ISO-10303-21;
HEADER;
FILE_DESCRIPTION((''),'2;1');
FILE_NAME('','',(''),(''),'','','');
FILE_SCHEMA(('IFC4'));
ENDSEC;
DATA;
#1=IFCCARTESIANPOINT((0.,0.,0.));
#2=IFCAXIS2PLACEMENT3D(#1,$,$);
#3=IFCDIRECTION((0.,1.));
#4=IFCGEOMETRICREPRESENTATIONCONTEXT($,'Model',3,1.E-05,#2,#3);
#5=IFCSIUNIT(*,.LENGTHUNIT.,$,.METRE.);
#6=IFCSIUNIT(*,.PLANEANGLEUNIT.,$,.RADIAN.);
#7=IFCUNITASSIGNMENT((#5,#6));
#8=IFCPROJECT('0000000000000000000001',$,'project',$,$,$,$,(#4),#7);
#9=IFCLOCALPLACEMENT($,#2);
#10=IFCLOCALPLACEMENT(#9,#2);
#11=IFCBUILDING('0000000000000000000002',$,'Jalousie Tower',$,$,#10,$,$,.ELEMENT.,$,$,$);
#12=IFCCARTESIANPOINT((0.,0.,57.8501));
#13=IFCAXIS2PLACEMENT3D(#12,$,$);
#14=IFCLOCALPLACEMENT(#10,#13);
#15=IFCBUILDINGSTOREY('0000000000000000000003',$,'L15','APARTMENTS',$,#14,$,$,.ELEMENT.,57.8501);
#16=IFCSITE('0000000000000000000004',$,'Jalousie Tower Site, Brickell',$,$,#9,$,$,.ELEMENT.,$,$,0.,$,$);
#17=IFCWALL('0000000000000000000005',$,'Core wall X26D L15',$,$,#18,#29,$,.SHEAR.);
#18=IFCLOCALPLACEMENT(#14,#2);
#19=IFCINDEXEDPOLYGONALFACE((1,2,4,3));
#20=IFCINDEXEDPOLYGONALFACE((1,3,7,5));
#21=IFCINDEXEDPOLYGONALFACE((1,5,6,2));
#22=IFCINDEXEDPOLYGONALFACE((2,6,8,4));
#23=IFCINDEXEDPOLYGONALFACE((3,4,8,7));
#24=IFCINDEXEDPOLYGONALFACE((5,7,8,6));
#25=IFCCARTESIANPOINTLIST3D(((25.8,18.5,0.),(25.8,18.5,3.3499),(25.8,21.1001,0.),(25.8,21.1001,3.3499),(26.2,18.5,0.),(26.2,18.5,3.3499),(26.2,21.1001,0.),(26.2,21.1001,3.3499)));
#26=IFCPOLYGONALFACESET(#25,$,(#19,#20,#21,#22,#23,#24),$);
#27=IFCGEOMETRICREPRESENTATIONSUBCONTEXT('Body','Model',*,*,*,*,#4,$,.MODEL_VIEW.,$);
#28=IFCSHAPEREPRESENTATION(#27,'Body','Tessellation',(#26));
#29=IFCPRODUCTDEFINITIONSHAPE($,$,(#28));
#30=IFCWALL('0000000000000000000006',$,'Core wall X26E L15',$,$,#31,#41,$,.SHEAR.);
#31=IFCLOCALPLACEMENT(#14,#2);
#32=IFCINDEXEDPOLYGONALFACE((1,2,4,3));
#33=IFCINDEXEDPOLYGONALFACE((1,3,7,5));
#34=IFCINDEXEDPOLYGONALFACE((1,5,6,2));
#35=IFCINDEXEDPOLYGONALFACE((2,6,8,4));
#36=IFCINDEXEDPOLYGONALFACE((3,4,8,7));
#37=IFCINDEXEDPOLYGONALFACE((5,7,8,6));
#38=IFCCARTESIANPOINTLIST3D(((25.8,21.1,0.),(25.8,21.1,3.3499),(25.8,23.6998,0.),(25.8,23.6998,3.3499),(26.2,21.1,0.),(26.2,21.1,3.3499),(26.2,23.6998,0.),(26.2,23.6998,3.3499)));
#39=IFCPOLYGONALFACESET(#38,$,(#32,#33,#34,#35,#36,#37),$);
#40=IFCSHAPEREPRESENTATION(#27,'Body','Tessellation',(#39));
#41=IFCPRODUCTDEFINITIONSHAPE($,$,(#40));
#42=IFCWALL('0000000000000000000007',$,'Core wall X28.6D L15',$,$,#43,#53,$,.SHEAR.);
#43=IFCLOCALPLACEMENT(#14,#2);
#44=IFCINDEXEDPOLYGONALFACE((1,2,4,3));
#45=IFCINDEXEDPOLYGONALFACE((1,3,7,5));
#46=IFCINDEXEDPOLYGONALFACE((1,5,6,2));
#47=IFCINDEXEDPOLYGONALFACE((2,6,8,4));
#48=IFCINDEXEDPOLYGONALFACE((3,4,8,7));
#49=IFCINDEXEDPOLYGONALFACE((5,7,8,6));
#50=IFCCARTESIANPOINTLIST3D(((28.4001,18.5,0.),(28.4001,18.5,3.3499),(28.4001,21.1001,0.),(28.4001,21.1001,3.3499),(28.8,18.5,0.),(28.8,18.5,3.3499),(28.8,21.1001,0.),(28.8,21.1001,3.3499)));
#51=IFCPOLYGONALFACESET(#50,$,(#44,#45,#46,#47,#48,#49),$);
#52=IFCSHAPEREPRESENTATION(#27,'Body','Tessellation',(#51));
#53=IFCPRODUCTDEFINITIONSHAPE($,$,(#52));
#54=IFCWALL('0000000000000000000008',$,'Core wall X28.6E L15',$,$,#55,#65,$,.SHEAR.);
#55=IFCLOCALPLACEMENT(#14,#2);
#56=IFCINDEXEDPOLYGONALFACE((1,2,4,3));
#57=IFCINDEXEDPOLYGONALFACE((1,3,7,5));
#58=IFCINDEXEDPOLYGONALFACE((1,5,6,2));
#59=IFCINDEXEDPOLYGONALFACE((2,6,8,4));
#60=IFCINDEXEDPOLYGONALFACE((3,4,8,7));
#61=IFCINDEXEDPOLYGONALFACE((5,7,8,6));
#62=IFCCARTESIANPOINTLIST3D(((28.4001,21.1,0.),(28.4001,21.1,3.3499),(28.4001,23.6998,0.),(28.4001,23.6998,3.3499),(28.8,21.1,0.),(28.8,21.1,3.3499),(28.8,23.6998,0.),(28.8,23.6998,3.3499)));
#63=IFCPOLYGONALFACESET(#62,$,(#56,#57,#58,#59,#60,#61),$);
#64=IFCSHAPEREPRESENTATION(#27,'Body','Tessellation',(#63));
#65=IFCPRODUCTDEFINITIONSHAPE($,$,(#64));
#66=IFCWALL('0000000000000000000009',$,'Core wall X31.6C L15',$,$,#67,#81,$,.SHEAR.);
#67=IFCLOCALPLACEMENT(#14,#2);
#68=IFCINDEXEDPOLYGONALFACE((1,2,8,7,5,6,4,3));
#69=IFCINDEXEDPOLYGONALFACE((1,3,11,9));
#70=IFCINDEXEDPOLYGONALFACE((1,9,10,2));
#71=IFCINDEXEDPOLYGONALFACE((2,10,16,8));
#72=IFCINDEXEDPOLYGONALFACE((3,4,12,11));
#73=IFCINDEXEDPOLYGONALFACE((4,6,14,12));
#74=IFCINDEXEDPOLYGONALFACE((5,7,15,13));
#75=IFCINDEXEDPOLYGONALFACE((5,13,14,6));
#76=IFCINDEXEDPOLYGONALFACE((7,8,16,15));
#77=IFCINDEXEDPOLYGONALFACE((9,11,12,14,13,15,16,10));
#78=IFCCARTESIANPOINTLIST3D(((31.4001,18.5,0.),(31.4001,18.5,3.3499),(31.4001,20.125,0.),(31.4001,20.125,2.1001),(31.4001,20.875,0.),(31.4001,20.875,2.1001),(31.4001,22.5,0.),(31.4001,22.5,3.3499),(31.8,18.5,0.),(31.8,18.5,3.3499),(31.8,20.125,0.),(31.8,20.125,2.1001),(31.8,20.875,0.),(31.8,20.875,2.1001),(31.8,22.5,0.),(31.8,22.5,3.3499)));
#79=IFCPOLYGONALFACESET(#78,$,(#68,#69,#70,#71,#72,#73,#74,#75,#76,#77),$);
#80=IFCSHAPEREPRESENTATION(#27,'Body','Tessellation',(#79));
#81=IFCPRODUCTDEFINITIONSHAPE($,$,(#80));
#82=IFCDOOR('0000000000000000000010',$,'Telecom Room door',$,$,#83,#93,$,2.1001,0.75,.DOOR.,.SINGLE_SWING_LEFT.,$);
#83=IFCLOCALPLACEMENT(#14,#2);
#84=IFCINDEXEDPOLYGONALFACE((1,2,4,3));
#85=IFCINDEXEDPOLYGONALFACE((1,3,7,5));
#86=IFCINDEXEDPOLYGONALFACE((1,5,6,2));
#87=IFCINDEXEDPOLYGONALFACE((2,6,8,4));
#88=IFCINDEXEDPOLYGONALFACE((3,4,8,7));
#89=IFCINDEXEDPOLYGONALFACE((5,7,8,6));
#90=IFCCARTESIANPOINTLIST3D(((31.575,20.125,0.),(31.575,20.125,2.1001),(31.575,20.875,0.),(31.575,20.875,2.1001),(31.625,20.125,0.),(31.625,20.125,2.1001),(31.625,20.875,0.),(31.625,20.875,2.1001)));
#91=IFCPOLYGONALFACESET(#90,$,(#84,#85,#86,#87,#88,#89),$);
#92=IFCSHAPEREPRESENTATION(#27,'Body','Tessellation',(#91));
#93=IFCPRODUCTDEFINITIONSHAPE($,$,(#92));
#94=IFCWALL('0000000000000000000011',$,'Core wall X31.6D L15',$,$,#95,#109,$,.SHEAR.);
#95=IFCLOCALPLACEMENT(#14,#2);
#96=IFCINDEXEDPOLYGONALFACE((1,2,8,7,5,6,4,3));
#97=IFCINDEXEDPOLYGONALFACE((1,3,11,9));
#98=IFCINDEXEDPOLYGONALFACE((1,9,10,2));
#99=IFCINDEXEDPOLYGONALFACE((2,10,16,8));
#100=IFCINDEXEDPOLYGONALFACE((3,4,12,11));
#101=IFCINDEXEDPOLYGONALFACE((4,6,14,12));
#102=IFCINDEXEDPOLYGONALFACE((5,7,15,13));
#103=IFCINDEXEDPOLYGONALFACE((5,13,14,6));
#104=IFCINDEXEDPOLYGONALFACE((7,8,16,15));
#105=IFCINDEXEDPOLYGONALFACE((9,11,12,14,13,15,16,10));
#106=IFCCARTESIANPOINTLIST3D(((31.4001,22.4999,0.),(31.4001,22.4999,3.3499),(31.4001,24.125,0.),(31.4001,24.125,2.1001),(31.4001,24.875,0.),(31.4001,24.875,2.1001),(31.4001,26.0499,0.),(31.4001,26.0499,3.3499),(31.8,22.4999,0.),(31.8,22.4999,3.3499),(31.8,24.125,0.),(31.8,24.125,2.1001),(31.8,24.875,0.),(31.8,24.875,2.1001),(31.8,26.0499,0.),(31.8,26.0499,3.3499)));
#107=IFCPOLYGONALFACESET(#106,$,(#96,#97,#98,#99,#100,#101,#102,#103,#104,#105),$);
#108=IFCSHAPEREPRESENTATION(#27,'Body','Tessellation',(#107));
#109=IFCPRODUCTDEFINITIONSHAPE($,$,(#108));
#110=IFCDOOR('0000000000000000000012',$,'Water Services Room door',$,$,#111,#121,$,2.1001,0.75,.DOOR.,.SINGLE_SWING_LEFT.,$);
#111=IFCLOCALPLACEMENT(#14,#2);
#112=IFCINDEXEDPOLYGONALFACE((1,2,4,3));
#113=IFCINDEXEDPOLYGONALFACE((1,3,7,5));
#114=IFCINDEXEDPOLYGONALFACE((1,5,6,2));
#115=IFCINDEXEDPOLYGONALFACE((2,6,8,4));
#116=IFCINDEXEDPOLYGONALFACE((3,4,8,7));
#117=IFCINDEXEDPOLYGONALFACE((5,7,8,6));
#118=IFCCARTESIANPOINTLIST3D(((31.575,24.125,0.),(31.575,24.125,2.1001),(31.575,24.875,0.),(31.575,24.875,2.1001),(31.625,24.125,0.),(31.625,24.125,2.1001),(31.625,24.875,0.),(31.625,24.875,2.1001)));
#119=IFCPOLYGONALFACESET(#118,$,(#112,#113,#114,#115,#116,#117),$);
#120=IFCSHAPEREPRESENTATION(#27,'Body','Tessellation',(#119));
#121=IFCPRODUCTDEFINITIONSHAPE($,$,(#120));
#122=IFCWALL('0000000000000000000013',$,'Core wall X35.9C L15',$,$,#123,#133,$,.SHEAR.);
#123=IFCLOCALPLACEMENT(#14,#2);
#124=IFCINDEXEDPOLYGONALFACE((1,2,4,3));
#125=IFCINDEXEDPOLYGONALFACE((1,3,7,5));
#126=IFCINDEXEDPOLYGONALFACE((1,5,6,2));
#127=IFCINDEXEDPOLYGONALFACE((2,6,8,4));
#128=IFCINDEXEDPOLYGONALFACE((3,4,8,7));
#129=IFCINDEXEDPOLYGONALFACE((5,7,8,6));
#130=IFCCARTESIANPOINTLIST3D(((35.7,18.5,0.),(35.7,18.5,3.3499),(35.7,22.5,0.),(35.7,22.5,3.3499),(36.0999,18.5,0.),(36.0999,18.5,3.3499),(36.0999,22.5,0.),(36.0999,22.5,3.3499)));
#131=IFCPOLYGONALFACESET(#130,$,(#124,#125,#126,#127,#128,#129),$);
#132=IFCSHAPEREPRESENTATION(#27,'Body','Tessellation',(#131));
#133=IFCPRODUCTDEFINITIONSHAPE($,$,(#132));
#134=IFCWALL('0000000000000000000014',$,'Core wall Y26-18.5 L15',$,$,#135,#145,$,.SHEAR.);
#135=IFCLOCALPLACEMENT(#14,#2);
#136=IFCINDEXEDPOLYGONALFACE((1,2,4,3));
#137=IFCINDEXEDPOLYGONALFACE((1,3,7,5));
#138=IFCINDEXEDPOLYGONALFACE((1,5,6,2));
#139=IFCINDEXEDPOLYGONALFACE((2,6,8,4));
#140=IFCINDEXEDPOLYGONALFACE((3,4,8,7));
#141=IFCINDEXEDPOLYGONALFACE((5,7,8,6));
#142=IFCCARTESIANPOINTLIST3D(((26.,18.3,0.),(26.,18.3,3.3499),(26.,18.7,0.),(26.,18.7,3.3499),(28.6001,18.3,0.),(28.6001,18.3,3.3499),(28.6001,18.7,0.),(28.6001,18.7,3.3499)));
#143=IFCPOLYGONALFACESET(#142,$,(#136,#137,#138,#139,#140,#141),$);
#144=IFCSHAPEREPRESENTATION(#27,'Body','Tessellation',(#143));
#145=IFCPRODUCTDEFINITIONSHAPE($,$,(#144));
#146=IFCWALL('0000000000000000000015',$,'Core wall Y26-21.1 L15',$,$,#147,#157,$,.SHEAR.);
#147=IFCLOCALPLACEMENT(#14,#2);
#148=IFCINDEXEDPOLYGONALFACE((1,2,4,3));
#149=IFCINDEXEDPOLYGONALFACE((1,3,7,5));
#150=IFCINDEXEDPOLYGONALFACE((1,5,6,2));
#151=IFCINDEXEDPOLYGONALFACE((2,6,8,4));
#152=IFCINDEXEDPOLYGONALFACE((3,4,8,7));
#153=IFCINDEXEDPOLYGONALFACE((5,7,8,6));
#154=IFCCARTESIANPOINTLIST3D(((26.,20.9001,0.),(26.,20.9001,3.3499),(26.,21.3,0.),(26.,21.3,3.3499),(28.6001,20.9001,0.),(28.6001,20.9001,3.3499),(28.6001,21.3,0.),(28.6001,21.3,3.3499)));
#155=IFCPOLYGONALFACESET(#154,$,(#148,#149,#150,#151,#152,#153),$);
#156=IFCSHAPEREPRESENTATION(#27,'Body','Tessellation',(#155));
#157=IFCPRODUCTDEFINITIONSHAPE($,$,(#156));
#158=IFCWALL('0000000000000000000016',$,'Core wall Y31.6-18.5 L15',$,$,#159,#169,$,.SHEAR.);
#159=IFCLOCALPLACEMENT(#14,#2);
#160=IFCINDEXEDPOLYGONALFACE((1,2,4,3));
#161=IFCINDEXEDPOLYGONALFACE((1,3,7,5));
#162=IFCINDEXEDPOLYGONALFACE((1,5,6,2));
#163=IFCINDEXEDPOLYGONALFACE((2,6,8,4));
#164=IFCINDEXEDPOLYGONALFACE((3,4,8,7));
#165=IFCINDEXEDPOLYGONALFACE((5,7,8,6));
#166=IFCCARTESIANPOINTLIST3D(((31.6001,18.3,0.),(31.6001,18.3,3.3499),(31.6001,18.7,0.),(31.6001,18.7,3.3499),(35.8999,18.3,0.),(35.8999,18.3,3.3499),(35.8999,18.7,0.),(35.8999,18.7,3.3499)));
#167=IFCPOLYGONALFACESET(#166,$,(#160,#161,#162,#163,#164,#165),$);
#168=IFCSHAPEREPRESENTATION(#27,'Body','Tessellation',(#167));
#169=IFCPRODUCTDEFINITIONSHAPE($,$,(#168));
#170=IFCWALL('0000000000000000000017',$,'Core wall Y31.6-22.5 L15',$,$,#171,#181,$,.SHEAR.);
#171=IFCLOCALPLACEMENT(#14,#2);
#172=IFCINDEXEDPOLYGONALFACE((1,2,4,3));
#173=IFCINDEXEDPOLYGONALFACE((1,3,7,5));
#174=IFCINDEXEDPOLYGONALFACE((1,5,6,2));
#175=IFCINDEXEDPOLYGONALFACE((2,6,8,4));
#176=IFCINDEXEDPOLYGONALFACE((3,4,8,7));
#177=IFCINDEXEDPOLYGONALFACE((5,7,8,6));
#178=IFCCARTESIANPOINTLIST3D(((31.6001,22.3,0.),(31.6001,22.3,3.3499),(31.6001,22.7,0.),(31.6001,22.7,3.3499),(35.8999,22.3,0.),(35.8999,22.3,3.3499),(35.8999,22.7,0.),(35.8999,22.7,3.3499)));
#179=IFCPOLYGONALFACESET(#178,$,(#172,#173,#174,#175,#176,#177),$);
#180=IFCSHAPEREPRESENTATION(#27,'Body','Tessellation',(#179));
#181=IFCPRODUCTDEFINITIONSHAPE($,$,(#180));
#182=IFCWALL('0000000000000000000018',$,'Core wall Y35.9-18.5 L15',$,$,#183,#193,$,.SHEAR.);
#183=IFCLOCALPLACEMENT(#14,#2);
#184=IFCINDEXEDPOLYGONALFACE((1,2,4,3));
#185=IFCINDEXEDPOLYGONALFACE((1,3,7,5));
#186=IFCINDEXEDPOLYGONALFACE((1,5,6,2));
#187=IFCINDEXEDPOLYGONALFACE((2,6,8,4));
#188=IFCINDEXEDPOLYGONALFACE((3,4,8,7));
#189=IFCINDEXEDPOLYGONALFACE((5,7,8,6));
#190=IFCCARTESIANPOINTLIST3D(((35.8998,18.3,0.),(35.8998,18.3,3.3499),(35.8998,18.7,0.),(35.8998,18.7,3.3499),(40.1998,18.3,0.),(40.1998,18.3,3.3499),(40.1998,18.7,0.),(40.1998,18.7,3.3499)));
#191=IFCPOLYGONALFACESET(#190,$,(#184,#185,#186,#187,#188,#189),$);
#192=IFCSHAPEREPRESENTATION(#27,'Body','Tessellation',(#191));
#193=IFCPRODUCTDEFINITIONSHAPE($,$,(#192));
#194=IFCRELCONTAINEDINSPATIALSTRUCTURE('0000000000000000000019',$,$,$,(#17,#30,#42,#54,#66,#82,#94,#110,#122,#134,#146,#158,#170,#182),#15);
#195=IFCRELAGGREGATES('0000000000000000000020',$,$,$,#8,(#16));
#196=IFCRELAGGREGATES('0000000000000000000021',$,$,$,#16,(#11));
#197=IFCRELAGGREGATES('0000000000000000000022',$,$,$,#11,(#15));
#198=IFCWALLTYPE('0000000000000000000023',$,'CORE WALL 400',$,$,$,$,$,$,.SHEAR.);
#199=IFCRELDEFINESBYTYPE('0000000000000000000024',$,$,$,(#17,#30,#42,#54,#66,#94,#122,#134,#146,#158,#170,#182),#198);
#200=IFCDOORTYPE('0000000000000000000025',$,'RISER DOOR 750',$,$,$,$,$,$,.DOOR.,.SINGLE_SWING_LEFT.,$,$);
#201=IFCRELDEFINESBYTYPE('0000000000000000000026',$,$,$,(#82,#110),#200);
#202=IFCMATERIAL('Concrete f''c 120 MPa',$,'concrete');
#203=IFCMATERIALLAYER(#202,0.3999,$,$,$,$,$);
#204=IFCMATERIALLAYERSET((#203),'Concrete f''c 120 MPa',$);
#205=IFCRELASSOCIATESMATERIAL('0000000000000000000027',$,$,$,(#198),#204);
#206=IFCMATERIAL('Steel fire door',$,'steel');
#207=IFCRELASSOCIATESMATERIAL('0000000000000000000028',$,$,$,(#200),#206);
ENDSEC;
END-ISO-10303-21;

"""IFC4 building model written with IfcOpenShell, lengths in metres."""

from ifc_helpers import new_model, si_unit, direction, frame, frame_2d, origin, place, context, subcontext, project, spatial, rectangle, extrude, material, layer, layer_set, type_object, element, fill, save


model = new_model("IFC4")

# Units and contexts
model_context = context("Model", 3, precision=1e-05, world=origin(), true_north=direction((0.0, 1.0)))
body_context = subcontext(model_context, "Body", "Model", "MODEL_VIEW")
ifc_project = project(units=[si_unit("LENGTHUNIT", "METRE"), si_unit("PLANEANGLEUNIT", "RADIAN")], contexts=[model_context])

# Site, building, storey
site_placement = place(None, origin())
site = spatial("IfcSite", under=ifc_project, at=site_placement, Name="Jalousie Tower Site, Brickell", CompositionType="ELEMENT", RefElevation=0.0)
building_placement = place(site_placement, origin())
building = spatial("IfcBuilding", under=site, at=building_placement, Name="Jalousie Tower", CompositionType="ELEMENT")
storey_placement = place(building_placement, frame((0.0, 0.0, 57.8501)))
storey = spatial("IfcBuildingStorey", under=building, at=storey_placement, Name="L15", Description="APARTMENTS", CompositionType="ELEMENT", Elevation=57.8501)

# Walls
ifc_material_1 = material(Name="Concrete f'c 120 MPa", Category="concrete")
ifc_layer = layer(ifc_material_1, 0.3999)
ifc_layer_set = layer_set([ifc_layer], Name="Concrete f'c 120 MPa")
wall_type_1 = type_object("IfcWallType", Name="CORE WALL 400", PredefinedType="SHEAR", material=ifc_layer_set)
wall_1_placement = place(storey_placement, frame((26.0, 18.5, 0.0), z_axis=(0.0, 0.0, 1.0), x_axis=(0.0, 1.0, 0.0)))
element("IfcWall", 1, at=wall_1_placement, inside=storey, type_object=wall_type_1, Name="Core wall X26D L15", PredefinedType="SHEAR", context=body_context, shape_type="SweptSolid", body=[
    extrude(rectangle(XDim=2.6001, YDim=0.3999, at=frame_2d((1.3, 0.0))), origin(), (0.0, 0.0, 1.0), 3.3499),
])
wall_2_placement = place(storey_placement, frame((26.0, 21.1001, 0.0), z_axis=(0.0, 0.0, 1.0), x_axis=(0.0, 1.0, 0.0)))
element("IfcWall", 2, at=wall_2_placement, inside=storey, type_object=wall_type_1, Name="Core wall X26E L15", PredefinedType="SHEAR", context=body_context, shape_type="SweptSolid", body=[
    extrude(rectangle(XDim=2.5999, YDim=0.3999, at=frame_2d((1.2998, 0.0))), origin(), (0.0, 0.0, 1.0), 3.3499),
])
wall_3_placement = place(storey_placement, frame((28.6001, 18.5, 0.0), z_axis=(0.0, 0.0, 1.0), x_axis=(0.0, 1.0, 0.0)))
element("IfcWall", 3, at=wall_3_placement, inside=storey, type_object=wall_type_1, Name="Core wall X28.6D L15", PredefinedType="SHEAR", context=body_context, shape_type="SweptSolid", body=[
    extrude(rectangle(XDim=2.6001, YDim=0.3999, at=frame_2d((1.3, 0.0))), origin(), (0.0, 0.0, 1.0), 3.3499),
])
wall_4_placement = place(storey_placement, frame((28.6001, 21.1001, 0.0), z_axis=(0.0, 0.0, 1.0), x_axis=(0.0, 1.0, 0.0)))
element("IfcWall", 4, at=wall_4_placement, inside=storey, type_object=wall_type_1, Name="Core wall X28.6E L15", PredefinedType="SHEAR", context=body_context, shape_type="SweptSolid", body=[
    extrude(rectangle(XDim=2.5999, YDim=0.3999, at=frame_2d((1.2998, 0.0))), origin(), (0.0, 0.0, 1.0), 3.3499),
])

# Walls, openings, doors
wall_5_placement = place(storey_placement, frame((31.6001, 18.5, 0.0), z_axis=(0.0, 0.0, 1.0), x_axis=(0.0, 1.0, 0.0)))
wall_5 = element("IfcWall", 5, at=wall_5_placement, inside=storey, type_object=wall_type_1, Name="Core wall X31.6C L15", PredefinedType="SHEAR", context=body_context, shape_type="SweptSolid", body=[
    extrude(rectangle(XDim=4.0, YDim=0.3999, at=frame_2d((2.0, 0.0))), origin(), (0.0, 0.0, 1.0), 3.3499),
])
opening_1_placement = place(wall_5_placement, frame((1.625, 0.0, 0.0)))
opening_1 = element("IfcOpeningElement", 6, at=opening_1_placement, cuts=wall_5, PredefinedType="OPENING", context=body_context, shape_type="SweptSolid", body=[
    extrude(rectangle(XDim=0.75, YDim=2.1001, at=frame_2d((0.375, 1.05))), frame((0.0, 0.21, 0.0), z_axis=(0.0, -1.0, 0.0), x_axis=(1.0, 0.0, 0.0)), (0.0, 0.0, 1.0), 0.4199),
])
ifc_material_2 = material(Name="Steel fire door", Category="steel")
door_type_1 = type_object("IfcDoorType", Name="RISER DOOR 750", OperationType="SINGLE_SWING_LEFT", PredefinedType="DOOR", material=ifc_material_2)
door_1_placement = place(opening_1_placement, frame((0.75, 0.0, 0.0), z_axis=(0.0, 0.0, 1.0), x_axis=(-1.0, 0.0, 0.0)))
door_1 = element("IfcDoor", 7, at=door_1_placement, inside=storey, type_object=door_type_1, Name="Telecom Room door", OperationType="SINGLE_SWING_LEFT", OverallHeight=2.1001, OverallWidth=0.75, PredefinedType="DOOR", context=body_context, shape_type="SweptSolid", body=[
    extrude(rectangle(XDim=0.75, YDim=2.1001, at=frame_2d((0.375, 1.05))), frame((0.0, 0.0249, 0.0), z_axis=(0.0, -1.0, 0.0), x_axis=(1.0, 0.0, 0.0)), (0.0, 0.0, 1.0), 0.05),
])
fill(opening_1, door_1)
wall_6_placement = place(storey_placement, frame((31.6001, 22.5, 0.0), z_axis=(0.0, 0.0, 1.0), x_axis=(0.0, 1.0, 0.0)))
wall_6 = element("IfcWall", 8, at=wall_6_placement, inside=storey, type_object=wall_type_1, Name="Core wall X31.6D L15", PredefinedType="SHEAR", context=body_context, shape_type="SweptSolid", body=[
    extrude(rectangle(XDim=3.55, YDim=0.3999, at=frame_2d((1.7749, 0.0))), origin(), (0.0, 0.0, 1.0), 3.3499),
])
opening_2_placement = place(wall_6_placement, frame((1.625, 0.0, 0.0)))
opening_2 = element("IfcOpeningElement", 9, at=opening_2_placement, cuts=wall_6, PredefinedType="OPENING", context=body_context, shape_type="SweptSolid", body=[
    extrude(rectangle(XDim=0.75, YDim=2.1001, at=frame_2d((0.375, 1.05))), frame((0.0, 0.21, 0.0), z_axis=(0.0, -1.0, 0.0), x_axis=(1.0, 0.0, 0.0)), (0.0, 0.0, 1.0), 0.4199),
])
door_2_placement = place(opening_2_placement, frame((0.75, 0.0, 0.0), z_axis=(0.0, 0.0, 1.0), x_axis=(-1.0, 0.0, 0.0)))
door_2 = element("IfcDoor", 10, at=door_2_placement, inside=storey, type_object=door_type_1, Name="Water Services Room door", OperationType="SINGLE_SWING_LEFT", OverallHeight=2.1001, OverallWidth=0.75, PredefinedType="DOOR", context=body_context, shape_type="SweptSolid", body=[
    extrude(rectangle(XDim=0.75, YDim=2.1001, at=frame_2d((0.375, 1.05))), frame((0.0, 0.0249, 0.0), z_axis=(0.0, -1.0, 0.0), x_axis=(1.0, 0.0, 0.0)), (0.0, 0.0, 1.0), 0.05),
])
fill(opening_2, door_2)

# Walls
wall_7_placement = place(storey_placement, frame((35.8999, 18.5, 0.0), z_axis=(0.0, 0.0, 1.0), x_axis=(0.0, 1.0, 0.0)))
element("IfcWall", 11, at=wall_7_placement, inside=storey, type_object=wall_type_1, Name="Core wall X35.9C L15", PredefinedType="SHEAR", context=body_context, shape_type="SweptSolid", body=[
    extrude(rectangle(XDim=4.0, YDim=0.3999, at=frame_2d((2.0, 0.0))), origin(), (0.0, 0.0, 1.0), 3.3499),
])
for number, where, z_axis, x_axis, name in (
    (12, (26.0, 18.5, 0.0), (0.0, 0.0, 1.0), (1.0, 0.0, 0.0), "Core wall Y26-18.5 L15"),
    (13, (26.0, 21.1001, 0.0), (0.0, 0.0, 1.0), (1.0, 0.0, 0.0), "Core wall Y26-21.1 L15"),
):
    element("IfcWall", number, at=place(storey_placement, frame(where, z_axis=z_axis, x_axis=x_axis)), inside=storey, type_object=wall_type_1, Name=name, PredefinedType="SHEAR", context=body_context, shape_type="SweptSolid", body=[
        extrude(rectangle(XDim=2.6001, YDim=0.3999, at=frame_2d((1.3, 0.0))), origin(), (0.0, 0.0, 1.0), 3.3499),
    ])
for number, where, z_axis, x_axis, name in (
    (14, (31.6001, 18.5, 0.0), (0.0, 0.0, 1.0), (1.0, 0.0, 0.0), "Core wall Y31.6-18.5 L15"),
    (15, (31.6001, 22.5, 0.0), (0.0, 0.0, 1.0), (1.0, 0.0, 0.0), "Core wall Y31.6-22.5 L15"),
):
    element("IfcWall", number, at=place(storey_placement, frame(where, z_axis=z_axis, x_axis=x_axis)), inside=storey, type_object=wall_type_1, Name=name, PredefinedType="SHEAR", context=body_context, shape_type="SweptSolid", body=[
        extrude(rectangle(XDim=4.2998, YDim=0.3999, at=frame_2d((2.1499, 0.0))), origin(), (0.0, 0.0, 1.0), 3.3499),
    ])
wall_8_placement = place(storey_placement, frame((35.8999, 18.5, 0.0), z_axis=(0.0, 0.0, 1.0), x_axis=(1.0, 0.0, 0.0)))
element("IfcWall", 16, at=wall_8_placement, inside=storey, type_object=wall_type_1, Name="Core wall Y35.9-18.5 L15", PredefinedType="SHEAR", context=body_context, shape_type="SweptSolid", body=[
    extrude(rectangle(XDim=4.3, YDim=0.3999, at=frame_2d((2.1499, 0.0))), origin(), (0.0, 0.0, 1.0), 3.3499),
])

save(model, "model.ifc")
